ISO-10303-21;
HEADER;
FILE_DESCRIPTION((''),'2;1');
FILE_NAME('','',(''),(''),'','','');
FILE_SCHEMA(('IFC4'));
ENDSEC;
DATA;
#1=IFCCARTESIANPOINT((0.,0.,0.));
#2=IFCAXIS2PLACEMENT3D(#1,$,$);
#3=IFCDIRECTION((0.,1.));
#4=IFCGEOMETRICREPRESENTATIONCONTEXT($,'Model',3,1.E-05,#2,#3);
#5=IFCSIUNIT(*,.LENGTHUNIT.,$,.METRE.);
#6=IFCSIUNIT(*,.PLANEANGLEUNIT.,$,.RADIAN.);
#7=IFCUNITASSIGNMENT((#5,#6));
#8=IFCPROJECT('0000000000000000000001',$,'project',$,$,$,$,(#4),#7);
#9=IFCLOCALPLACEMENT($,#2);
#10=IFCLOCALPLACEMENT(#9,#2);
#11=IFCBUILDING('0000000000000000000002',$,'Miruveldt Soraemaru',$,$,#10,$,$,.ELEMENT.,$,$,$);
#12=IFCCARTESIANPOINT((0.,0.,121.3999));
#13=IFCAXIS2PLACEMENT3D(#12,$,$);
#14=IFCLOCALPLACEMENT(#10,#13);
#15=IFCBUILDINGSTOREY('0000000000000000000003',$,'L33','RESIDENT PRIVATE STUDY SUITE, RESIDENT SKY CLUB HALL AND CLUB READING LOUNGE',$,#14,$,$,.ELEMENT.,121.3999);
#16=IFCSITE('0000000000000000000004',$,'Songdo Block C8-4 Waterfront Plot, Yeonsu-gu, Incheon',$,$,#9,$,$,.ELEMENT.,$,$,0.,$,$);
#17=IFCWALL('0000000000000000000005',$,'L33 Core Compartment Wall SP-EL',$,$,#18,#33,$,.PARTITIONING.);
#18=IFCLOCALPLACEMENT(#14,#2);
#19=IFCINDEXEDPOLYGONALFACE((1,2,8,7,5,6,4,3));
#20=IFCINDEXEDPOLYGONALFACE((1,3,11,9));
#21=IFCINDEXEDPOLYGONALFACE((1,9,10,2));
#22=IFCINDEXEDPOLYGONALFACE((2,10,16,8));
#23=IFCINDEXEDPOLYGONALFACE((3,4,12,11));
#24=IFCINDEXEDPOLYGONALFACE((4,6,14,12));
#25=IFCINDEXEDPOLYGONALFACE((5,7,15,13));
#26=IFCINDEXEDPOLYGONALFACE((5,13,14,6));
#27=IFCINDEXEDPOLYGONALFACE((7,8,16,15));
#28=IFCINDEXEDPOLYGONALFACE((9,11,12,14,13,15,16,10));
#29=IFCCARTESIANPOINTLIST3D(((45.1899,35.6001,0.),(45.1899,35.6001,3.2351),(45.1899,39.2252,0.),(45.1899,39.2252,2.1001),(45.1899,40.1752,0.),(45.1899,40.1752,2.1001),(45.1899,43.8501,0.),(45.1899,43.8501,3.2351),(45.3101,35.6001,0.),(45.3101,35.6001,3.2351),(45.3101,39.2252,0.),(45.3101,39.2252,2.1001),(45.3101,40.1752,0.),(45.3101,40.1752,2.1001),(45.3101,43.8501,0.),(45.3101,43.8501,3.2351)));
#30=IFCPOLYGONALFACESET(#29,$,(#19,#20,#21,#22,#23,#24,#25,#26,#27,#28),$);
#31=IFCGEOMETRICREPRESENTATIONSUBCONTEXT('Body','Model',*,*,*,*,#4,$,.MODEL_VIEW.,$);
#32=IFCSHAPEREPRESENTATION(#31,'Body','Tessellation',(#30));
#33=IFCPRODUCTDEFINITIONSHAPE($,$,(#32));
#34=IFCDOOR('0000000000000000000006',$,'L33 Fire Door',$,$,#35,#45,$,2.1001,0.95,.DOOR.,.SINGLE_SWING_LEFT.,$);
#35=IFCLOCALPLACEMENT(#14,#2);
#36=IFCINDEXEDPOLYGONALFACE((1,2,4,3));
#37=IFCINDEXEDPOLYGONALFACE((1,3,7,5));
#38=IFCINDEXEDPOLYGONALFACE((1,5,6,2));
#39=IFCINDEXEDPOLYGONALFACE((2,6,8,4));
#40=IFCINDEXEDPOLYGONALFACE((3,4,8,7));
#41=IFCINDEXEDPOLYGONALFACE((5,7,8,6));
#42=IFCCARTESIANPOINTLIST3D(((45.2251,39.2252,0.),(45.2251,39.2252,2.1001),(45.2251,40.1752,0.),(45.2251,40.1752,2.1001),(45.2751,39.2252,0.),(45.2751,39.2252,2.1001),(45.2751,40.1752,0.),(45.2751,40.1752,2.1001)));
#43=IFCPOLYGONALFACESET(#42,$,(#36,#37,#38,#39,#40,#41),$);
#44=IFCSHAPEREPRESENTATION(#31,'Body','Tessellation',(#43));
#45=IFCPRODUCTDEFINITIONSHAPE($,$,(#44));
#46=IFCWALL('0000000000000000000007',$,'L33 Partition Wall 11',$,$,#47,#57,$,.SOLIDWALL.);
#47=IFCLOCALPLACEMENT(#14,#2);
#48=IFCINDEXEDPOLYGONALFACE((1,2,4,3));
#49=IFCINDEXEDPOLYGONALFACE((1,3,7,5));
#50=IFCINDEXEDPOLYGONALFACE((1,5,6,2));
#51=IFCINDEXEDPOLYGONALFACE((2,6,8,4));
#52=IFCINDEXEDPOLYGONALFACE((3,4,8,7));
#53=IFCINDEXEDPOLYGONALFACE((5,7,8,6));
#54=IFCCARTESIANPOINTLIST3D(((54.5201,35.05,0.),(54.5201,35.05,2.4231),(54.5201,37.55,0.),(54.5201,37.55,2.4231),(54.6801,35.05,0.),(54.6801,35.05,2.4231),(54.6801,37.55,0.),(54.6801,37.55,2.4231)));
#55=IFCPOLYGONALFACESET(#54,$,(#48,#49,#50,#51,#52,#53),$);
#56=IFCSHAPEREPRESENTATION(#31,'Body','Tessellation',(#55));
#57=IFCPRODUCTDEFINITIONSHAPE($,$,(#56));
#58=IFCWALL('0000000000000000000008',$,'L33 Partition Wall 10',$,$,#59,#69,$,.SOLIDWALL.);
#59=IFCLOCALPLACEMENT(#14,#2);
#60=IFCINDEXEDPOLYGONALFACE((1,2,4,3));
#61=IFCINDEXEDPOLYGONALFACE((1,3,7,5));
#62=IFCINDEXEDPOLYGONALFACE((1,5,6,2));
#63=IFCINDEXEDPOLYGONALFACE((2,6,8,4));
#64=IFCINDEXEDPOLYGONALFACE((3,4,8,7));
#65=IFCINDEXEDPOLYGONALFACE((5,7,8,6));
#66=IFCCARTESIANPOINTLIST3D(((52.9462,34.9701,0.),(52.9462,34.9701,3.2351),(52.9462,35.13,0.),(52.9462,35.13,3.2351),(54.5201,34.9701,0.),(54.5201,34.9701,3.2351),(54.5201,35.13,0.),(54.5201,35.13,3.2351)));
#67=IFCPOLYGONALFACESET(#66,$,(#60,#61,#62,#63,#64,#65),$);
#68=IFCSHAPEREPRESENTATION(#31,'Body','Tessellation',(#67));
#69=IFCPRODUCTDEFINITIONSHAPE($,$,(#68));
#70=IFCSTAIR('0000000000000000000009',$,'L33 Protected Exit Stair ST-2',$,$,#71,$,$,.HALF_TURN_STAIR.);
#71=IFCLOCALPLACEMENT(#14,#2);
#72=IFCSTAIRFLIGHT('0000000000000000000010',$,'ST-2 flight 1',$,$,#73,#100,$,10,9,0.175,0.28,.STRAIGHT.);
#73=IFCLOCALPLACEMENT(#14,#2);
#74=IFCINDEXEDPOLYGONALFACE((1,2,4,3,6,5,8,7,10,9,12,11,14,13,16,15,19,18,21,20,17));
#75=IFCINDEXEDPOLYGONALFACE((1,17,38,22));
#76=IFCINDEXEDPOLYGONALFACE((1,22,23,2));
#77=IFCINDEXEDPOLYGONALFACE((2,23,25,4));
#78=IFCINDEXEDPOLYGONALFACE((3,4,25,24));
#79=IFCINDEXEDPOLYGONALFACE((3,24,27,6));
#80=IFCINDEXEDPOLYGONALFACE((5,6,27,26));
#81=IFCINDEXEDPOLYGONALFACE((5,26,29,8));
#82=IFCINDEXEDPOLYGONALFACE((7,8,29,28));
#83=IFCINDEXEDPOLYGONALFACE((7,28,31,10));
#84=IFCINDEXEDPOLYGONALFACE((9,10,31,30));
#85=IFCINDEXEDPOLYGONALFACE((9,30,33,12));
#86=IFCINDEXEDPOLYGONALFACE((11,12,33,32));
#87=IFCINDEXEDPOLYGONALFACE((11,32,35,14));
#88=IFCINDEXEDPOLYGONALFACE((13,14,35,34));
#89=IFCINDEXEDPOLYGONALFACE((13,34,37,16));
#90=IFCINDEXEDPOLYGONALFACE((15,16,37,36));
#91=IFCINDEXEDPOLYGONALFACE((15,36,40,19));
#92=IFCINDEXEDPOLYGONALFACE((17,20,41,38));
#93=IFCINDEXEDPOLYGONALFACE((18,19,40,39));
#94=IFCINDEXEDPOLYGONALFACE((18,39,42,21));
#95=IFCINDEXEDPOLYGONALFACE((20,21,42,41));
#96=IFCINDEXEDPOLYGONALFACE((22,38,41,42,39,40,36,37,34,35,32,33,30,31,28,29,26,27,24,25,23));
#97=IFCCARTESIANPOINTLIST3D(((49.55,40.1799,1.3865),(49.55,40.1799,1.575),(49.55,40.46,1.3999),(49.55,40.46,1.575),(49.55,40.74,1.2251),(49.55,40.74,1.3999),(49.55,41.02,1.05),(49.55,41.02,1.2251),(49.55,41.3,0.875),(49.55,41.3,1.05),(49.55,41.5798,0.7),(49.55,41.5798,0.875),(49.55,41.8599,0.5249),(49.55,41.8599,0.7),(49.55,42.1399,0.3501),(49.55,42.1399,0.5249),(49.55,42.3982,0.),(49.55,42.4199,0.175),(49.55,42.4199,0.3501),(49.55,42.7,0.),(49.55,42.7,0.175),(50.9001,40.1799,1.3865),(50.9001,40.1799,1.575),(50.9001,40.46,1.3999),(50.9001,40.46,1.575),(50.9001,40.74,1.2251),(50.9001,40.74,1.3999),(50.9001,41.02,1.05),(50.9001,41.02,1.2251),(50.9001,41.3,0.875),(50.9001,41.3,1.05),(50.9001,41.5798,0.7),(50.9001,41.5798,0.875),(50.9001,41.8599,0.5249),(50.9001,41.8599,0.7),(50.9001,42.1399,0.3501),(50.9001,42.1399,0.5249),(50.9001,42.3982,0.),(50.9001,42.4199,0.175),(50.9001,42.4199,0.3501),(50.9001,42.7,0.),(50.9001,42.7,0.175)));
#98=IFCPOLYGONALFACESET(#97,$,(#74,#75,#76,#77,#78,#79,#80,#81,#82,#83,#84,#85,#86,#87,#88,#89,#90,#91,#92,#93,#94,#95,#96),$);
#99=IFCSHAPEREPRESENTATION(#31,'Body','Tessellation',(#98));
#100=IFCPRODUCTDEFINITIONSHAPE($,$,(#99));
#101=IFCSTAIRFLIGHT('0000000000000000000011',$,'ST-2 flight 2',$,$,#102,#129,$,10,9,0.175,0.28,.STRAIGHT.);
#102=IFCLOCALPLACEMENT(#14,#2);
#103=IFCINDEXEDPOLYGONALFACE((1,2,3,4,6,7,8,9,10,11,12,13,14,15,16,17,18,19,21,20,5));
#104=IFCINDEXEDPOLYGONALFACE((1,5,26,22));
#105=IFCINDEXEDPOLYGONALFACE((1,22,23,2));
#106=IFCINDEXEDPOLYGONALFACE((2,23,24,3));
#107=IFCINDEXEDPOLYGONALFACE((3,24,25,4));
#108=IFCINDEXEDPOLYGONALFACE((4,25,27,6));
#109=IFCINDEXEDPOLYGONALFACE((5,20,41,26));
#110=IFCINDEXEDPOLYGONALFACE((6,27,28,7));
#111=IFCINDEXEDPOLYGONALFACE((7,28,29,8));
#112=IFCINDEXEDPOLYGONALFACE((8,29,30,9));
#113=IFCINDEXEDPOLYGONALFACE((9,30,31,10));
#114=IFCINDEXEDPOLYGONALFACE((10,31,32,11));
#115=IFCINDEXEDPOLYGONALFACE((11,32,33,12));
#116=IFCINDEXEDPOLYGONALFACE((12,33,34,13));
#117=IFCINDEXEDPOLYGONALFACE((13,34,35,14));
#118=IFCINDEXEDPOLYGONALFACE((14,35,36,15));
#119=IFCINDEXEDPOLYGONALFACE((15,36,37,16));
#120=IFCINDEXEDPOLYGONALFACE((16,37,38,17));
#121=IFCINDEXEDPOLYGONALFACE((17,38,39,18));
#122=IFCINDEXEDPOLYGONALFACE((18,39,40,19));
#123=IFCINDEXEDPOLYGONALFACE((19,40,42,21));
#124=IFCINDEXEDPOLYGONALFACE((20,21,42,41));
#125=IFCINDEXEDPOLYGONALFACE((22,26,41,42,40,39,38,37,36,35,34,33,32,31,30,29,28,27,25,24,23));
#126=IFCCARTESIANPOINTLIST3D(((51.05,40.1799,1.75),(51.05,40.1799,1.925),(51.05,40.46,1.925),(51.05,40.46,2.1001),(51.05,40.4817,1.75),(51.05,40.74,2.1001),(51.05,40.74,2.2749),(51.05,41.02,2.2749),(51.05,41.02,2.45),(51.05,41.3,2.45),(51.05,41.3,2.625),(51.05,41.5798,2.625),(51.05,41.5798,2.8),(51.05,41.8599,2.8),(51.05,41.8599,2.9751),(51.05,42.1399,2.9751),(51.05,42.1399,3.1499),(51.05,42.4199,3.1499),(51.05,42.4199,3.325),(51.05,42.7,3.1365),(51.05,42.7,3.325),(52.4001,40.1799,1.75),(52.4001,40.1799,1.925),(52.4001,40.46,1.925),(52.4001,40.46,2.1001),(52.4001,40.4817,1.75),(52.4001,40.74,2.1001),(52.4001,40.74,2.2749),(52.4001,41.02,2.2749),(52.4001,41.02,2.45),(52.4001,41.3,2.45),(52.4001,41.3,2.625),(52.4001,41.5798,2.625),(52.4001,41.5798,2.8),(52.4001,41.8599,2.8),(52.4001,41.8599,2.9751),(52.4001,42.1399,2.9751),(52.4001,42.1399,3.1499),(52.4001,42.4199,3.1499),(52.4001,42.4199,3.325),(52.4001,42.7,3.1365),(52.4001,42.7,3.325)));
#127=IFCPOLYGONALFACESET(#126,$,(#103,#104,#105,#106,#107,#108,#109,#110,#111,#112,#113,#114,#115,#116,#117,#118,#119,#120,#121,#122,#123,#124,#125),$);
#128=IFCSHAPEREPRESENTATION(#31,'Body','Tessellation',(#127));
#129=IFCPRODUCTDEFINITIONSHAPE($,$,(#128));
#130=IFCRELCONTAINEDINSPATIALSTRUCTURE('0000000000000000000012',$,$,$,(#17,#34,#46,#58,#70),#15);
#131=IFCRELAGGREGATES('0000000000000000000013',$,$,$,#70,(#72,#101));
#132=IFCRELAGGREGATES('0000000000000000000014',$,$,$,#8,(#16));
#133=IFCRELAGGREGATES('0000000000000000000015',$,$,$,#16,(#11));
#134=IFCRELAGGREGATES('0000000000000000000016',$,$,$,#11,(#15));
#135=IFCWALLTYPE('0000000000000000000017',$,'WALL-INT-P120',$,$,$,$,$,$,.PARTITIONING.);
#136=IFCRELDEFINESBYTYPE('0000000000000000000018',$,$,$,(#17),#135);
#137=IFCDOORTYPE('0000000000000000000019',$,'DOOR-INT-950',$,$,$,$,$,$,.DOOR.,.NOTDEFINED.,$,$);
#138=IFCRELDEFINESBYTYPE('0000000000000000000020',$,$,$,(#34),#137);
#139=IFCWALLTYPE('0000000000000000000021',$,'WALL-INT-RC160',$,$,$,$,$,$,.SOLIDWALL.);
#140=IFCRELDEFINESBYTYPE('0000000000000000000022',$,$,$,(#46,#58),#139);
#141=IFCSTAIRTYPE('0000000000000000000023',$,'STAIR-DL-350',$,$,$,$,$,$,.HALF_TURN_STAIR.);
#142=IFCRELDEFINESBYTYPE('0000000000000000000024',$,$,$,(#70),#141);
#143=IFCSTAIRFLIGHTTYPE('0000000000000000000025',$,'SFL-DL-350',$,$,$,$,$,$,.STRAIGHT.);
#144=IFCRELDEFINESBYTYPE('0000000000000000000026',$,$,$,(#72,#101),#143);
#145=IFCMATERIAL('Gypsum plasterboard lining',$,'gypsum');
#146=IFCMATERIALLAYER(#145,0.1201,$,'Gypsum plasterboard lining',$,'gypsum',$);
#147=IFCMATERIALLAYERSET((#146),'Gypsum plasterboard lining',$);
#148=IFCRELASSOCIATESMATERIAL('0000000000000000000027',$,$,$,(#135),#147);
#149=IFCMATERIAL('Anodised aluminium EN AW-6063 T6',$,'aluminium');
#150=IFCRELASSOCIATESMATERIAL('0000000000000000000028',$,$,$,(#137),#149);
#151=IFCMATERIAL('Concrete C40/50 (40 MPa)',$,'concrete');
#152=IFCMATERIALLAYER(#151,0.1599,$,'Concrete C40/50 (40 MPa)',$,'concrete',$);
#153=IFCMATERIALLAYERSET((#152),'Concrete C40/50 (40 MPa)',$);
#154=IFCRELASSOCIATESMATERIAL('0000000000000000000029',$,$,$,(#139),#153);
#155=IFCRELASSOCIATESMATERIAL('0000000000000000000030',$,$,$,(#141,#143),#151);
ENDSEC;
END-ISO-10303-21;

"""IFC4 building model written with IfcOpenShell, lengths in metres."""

from ifc_helpers import new_model, si_unit, direction, frame, frame_2d, origin, place, context, subcontext, project, spatial, polyline, rectangle, outline, extrude, material, layer, layer_set, type_object, element, fill, aggregate, save


model = new_model("IFC4")

# Units and contexts
model_context = context("Model", 3, precision=1e-05, world=origin(), true_north=direction((0.0, 1.0)))
body_context = subcontext(model_context, "Body", "Model", "MODEL_VIEW")
ifc_project = project(units=[si_unit("LENGTHUNIT", "METRE"), si_unit("PLANEANGLEUNIT", "RADIAN")], contexts=[model_context])

# Site, building, storey
site_placement = place(None, origin())
site = spatial("IfcSite", under=ifc_project, at=site_placement, Name="Songdo Block C8-4 Waterfront Plot, Yeonsu-gu, Incheon", CompositionType="ELEMENT", RefElevation=0.0)
building_placement = place(site_placement, origin())
building = spatial("IfcBuilding", under=site, at=building_placement, Name="Miruveldt Soraemaru", CompositionType="ELEMENT")
storey_placement = place(building_placement, frame((0.0, 0.0, 121.3999)))
storey = spatial("IfcBuildingStorey", under=building, at=storey_placement, Name="L33", Description="RESIDENT PRIVATE STUDY SUITE, RESIDENT SKY CLUB HALL AND CLUB READING LOUNGE", CompositionType="ELEMENT", Elevation=121.3999)

# Wall, opening, door
ifc_material_1 = material(Name="Gypsum plasterboard lining", Category="gypsum")
ifc_layer_1 = layer(ifc_material_1, 0.1201, Name="Gypsum plasterboard lining", Category="gypsum")
ifc_layer_set_1 = layer_set([ifc_layer_1], Name="Gypsum plasterboard lining")
wall_type_1 = type_object("IfcWallType", Name="WALL-INT-P120", PredefinedType="PARTITIONING", material=ifc_layer_set_1)
wall_1_placement = place(storey_placement, frame((45.25, 35.6001, 0.0), z_axis=(0.0, 0.0, 1.0), x_axis=(0.0, 1.0, 0.0)))
wall_1 = element("IfcWall", 1, at=wall_1_placement, inside=storey, type_object=wall_type_1, Name="L33 Core Compartment Wall SP-EL", PredefinedType="PARTITIONING", context=body_context, shape_type="SweptSolid", body=[
    extrude(rectangle(XDim=8.25, YDim=0.1201, at=frame_2d((4.125, 0.0))), origin(), (0.0, 0.0, 1.0), 3.2351),
])
opening_1_placement = place(wall_1_placement, frame((3.625, 0.0, 0.0)))
opening_1 = element("IfcOpeningElement", 2, at=opening_1_placement, cuts=wall_1, PredefinedType="OPENING", context=body_context, shape_type="SweptSolid", body=[
    extrude(rectangle(XDim=0.95, YDim=2.1001, at=frame_2d((0.4751, 1.05))), frame((0.0, 0.0701, 0.0), z_axis=(0.0, -1.0, 0.0), x_axis=(1.0, 0.0, 0.0)), (0.0, 0.0, 1.0), 0.1401),
])
ifc_material_2 = material(Name="Anodised aluminium EN AW-6063 T6", Category="aluminium")
door_type_1 = type_object("IfcDoorType", Name="DOOR-INT-950", OperationType="NOTDEFINED", PredefinedType="DOOR", material=ifc_material_2)
door_1_placement = place(opening_1_placement, origin())
door_1 = element("IfcDoor", 3, at=door_1_placement, inside=storey, type_object=door_type_1, Name="L33 Fire Door", OperationType="SINGLE_SWING_LEFT", OverallHeight=2.1001, OverallWidth=0.95, PredefinedType="DOOR", context=body_context, shape_type="SweptSolid", body=[
    extrude(rectangle(XDim=0.95, YDim=2.1001, at=frame_2d((0.4751, 1.05))), frame((0.0, 0.0249, 0.0), z_axis=(0.0, -1.0, 0.0), x_axis=(1.0, 0.0, 0.0)), (0.0, 0.0, 1.0), 0.05),
])
fill(opening_1, door_1)
ifc_material_3 = material(Name="Concrete C40/50 (40 MPa)", Category="concrete")
ifc_layer_2 = layer(ifc_material_3, 0.1599, Name="Concrete C40/50 (40 MPa)", Category="concrete")
ifc_layer_set_2 = layer_set([ifc_layer_2], Name="Concrete C40/50 (40 MPa)")
wall_type_2 = type_object("IfcWallType", Name="WALL-INT-RC160", PredefinedType="SOLIDWALL", material=ifc_layer_set_2)

# Walls
wall_2_placement = place(storey_placement, frame((54.6001, 35.05, 0.0), z_axis=(0.0, 0.0, 1.0), x_axis=(0.0, 1.0, 0.0)))
element("IfcWall", 4, at=wall_2_placement, inside=storey, type_object=wall_type_2, Name="L33 Partition Wall 11", PredefinedType="SOLIDWALL", context=body_context, shape_type="SweptSolid", body=[
    extrude(rectangle(XDim=2.5, YDim=0.1599, at=frame_2d((1.25, 0.0))), origin(), (0.0, 0.0, 1.0), 2.4231),
])
wall_3_placement = place(storey_placement, frame((52.946, 35.05, 0.0), z_axis=(0.0, 0.0, 1.0), x_axis=(1.0, 0.0, 0.0)))
element("IfcWall", 5, at=wall_3_placement, inside=storey, type_object=wall_type_2, Name="L33 Partition Wall 10", PredefinedType="SOLIDWALL", context=body_context, shape_type="SweptSolid", body=[
    extrude(rectangle(XDim=1.574, YDim=0.1599, at=frame_2d((0.7871, 0.0))), origin(), (0.0, 0.0, 1.0), 3.2351),
])

# Stair, stair flights
stair_type = type_object("IfcStairType", Name="STAIR-DL-350", PredefinedType="HALF_TURN_STAIR", material=ifc_material_3)
stair_placement = place(storey_placement, origin())
stair = element("IfcStair", 6, at=stair_placement, inside=storey, type_object=stair_type, Name="L33 Protected Exit Stair ST-2", PredefinedType="HALF_TURN_STAIR")
stair_flight_type = type_object("IfcStairFlightType", Name="SFL-DL-350", PredefinedType="STRAIGHT", material=ifc_material_3)
stair_flight_1_placement = place(storey_placement, frame((50.2251, 42.7, 0.0), z_axis=(0.0, 0.0, 1.0), x_axis=(0.0, -1.0, 0.0)))
stair_flight_1 = element("IfcStairFlight", 7, at=stair_flight_1_placement, type_object=stair_flight_type, Name="ST-2 flight 1", NumberOfRisers=10, NumberOfTreads=9, PredefinedType="STRAIGHT", RiserHeight=0.175, TreadLength=0.28, context=body_context, shape_type="SweptSolid", body=[
    extrude(outline(polyline([(0.0, 0.0), (0.0, 0.175), (0.28, 0.175), (0.28, 0.3501), (0.5601, 0.3501), (0.5601, 0.5249), (0.8401, 0.5249), (0.8401, 0.7), (1.1201, 0.7), (1.1201, 0.875), (1.3999, 0.875), (1.3999, 1.05), (1.6799, 1.05), (1.6799, 1.2251), (1.96, 1.2251), (1.96, 1.3999), (2.24, 1.3999), (2.24, 1.575), (2.52, 1.575), (2.52, 1.75), (2.52, 1.3865), (0.3018, 0.0), (0.0, 0.0)])), frame((0.0, 0.675, 0.0), z_axis=(0.0, -1.0, 0.0), x_axis=(1.0, 0.0, 0.0)), (0.0, 0.0, 1.0), 1.3501),
])
stair_flight_2_placement = place(storey_placement, frame((51.7251, 40.1799, 1.75), z_axis=(0.0, 0.0, 1.0), x_axis=(0.0, 1.0, 0.0)))
stair_flight_2 = element("IfcStairFlight", 8, at=stair_flight_2_placement, type_object=stair_flight_type, Name="ST-2 flight 2", NumberOfRisers=10, NumberOfTreads=9, PredefinedType="STRAIGHT", RiserHeight=0.175, TreadLength=0.28, context=body_context, shape_type="SweptSolid", body=[
    extrude(outline(polyline([(0.0, 0.0), (0.0, 0.175), (0.28, 0.175), (0.28, 0.3501), (0.5601, 0.3501), (0.5601, 0.5249), (0.8401, 0.5249), (0.8401, 0.7), (1.1201, 0.7), (1.1201, 0.875), (1.3999, 0.875), (1.3999, 1.05), (1.6799, 1.05), (1.6799, 1.2251), (1.96, 1.2251), (1.96, 1.3999), (2.24, 1.3999), (2.24, 1.575), (2.52, 1.575), (2.52, 1.75), (2.52, 1.3865), (0.3018, 0.0), (0.0, 0.0)])), frame((0.0, 0.675, 0.0), z_axis=(0.0, -1.0, 0.0), x_axis=(1.0, 0.0, 0.0)), (0.0, 0.0, 1.0), 1.3501),
])
aggregate(stair, [stair_flight_1, stair_flight_2])

save(model, "model.ifc")
